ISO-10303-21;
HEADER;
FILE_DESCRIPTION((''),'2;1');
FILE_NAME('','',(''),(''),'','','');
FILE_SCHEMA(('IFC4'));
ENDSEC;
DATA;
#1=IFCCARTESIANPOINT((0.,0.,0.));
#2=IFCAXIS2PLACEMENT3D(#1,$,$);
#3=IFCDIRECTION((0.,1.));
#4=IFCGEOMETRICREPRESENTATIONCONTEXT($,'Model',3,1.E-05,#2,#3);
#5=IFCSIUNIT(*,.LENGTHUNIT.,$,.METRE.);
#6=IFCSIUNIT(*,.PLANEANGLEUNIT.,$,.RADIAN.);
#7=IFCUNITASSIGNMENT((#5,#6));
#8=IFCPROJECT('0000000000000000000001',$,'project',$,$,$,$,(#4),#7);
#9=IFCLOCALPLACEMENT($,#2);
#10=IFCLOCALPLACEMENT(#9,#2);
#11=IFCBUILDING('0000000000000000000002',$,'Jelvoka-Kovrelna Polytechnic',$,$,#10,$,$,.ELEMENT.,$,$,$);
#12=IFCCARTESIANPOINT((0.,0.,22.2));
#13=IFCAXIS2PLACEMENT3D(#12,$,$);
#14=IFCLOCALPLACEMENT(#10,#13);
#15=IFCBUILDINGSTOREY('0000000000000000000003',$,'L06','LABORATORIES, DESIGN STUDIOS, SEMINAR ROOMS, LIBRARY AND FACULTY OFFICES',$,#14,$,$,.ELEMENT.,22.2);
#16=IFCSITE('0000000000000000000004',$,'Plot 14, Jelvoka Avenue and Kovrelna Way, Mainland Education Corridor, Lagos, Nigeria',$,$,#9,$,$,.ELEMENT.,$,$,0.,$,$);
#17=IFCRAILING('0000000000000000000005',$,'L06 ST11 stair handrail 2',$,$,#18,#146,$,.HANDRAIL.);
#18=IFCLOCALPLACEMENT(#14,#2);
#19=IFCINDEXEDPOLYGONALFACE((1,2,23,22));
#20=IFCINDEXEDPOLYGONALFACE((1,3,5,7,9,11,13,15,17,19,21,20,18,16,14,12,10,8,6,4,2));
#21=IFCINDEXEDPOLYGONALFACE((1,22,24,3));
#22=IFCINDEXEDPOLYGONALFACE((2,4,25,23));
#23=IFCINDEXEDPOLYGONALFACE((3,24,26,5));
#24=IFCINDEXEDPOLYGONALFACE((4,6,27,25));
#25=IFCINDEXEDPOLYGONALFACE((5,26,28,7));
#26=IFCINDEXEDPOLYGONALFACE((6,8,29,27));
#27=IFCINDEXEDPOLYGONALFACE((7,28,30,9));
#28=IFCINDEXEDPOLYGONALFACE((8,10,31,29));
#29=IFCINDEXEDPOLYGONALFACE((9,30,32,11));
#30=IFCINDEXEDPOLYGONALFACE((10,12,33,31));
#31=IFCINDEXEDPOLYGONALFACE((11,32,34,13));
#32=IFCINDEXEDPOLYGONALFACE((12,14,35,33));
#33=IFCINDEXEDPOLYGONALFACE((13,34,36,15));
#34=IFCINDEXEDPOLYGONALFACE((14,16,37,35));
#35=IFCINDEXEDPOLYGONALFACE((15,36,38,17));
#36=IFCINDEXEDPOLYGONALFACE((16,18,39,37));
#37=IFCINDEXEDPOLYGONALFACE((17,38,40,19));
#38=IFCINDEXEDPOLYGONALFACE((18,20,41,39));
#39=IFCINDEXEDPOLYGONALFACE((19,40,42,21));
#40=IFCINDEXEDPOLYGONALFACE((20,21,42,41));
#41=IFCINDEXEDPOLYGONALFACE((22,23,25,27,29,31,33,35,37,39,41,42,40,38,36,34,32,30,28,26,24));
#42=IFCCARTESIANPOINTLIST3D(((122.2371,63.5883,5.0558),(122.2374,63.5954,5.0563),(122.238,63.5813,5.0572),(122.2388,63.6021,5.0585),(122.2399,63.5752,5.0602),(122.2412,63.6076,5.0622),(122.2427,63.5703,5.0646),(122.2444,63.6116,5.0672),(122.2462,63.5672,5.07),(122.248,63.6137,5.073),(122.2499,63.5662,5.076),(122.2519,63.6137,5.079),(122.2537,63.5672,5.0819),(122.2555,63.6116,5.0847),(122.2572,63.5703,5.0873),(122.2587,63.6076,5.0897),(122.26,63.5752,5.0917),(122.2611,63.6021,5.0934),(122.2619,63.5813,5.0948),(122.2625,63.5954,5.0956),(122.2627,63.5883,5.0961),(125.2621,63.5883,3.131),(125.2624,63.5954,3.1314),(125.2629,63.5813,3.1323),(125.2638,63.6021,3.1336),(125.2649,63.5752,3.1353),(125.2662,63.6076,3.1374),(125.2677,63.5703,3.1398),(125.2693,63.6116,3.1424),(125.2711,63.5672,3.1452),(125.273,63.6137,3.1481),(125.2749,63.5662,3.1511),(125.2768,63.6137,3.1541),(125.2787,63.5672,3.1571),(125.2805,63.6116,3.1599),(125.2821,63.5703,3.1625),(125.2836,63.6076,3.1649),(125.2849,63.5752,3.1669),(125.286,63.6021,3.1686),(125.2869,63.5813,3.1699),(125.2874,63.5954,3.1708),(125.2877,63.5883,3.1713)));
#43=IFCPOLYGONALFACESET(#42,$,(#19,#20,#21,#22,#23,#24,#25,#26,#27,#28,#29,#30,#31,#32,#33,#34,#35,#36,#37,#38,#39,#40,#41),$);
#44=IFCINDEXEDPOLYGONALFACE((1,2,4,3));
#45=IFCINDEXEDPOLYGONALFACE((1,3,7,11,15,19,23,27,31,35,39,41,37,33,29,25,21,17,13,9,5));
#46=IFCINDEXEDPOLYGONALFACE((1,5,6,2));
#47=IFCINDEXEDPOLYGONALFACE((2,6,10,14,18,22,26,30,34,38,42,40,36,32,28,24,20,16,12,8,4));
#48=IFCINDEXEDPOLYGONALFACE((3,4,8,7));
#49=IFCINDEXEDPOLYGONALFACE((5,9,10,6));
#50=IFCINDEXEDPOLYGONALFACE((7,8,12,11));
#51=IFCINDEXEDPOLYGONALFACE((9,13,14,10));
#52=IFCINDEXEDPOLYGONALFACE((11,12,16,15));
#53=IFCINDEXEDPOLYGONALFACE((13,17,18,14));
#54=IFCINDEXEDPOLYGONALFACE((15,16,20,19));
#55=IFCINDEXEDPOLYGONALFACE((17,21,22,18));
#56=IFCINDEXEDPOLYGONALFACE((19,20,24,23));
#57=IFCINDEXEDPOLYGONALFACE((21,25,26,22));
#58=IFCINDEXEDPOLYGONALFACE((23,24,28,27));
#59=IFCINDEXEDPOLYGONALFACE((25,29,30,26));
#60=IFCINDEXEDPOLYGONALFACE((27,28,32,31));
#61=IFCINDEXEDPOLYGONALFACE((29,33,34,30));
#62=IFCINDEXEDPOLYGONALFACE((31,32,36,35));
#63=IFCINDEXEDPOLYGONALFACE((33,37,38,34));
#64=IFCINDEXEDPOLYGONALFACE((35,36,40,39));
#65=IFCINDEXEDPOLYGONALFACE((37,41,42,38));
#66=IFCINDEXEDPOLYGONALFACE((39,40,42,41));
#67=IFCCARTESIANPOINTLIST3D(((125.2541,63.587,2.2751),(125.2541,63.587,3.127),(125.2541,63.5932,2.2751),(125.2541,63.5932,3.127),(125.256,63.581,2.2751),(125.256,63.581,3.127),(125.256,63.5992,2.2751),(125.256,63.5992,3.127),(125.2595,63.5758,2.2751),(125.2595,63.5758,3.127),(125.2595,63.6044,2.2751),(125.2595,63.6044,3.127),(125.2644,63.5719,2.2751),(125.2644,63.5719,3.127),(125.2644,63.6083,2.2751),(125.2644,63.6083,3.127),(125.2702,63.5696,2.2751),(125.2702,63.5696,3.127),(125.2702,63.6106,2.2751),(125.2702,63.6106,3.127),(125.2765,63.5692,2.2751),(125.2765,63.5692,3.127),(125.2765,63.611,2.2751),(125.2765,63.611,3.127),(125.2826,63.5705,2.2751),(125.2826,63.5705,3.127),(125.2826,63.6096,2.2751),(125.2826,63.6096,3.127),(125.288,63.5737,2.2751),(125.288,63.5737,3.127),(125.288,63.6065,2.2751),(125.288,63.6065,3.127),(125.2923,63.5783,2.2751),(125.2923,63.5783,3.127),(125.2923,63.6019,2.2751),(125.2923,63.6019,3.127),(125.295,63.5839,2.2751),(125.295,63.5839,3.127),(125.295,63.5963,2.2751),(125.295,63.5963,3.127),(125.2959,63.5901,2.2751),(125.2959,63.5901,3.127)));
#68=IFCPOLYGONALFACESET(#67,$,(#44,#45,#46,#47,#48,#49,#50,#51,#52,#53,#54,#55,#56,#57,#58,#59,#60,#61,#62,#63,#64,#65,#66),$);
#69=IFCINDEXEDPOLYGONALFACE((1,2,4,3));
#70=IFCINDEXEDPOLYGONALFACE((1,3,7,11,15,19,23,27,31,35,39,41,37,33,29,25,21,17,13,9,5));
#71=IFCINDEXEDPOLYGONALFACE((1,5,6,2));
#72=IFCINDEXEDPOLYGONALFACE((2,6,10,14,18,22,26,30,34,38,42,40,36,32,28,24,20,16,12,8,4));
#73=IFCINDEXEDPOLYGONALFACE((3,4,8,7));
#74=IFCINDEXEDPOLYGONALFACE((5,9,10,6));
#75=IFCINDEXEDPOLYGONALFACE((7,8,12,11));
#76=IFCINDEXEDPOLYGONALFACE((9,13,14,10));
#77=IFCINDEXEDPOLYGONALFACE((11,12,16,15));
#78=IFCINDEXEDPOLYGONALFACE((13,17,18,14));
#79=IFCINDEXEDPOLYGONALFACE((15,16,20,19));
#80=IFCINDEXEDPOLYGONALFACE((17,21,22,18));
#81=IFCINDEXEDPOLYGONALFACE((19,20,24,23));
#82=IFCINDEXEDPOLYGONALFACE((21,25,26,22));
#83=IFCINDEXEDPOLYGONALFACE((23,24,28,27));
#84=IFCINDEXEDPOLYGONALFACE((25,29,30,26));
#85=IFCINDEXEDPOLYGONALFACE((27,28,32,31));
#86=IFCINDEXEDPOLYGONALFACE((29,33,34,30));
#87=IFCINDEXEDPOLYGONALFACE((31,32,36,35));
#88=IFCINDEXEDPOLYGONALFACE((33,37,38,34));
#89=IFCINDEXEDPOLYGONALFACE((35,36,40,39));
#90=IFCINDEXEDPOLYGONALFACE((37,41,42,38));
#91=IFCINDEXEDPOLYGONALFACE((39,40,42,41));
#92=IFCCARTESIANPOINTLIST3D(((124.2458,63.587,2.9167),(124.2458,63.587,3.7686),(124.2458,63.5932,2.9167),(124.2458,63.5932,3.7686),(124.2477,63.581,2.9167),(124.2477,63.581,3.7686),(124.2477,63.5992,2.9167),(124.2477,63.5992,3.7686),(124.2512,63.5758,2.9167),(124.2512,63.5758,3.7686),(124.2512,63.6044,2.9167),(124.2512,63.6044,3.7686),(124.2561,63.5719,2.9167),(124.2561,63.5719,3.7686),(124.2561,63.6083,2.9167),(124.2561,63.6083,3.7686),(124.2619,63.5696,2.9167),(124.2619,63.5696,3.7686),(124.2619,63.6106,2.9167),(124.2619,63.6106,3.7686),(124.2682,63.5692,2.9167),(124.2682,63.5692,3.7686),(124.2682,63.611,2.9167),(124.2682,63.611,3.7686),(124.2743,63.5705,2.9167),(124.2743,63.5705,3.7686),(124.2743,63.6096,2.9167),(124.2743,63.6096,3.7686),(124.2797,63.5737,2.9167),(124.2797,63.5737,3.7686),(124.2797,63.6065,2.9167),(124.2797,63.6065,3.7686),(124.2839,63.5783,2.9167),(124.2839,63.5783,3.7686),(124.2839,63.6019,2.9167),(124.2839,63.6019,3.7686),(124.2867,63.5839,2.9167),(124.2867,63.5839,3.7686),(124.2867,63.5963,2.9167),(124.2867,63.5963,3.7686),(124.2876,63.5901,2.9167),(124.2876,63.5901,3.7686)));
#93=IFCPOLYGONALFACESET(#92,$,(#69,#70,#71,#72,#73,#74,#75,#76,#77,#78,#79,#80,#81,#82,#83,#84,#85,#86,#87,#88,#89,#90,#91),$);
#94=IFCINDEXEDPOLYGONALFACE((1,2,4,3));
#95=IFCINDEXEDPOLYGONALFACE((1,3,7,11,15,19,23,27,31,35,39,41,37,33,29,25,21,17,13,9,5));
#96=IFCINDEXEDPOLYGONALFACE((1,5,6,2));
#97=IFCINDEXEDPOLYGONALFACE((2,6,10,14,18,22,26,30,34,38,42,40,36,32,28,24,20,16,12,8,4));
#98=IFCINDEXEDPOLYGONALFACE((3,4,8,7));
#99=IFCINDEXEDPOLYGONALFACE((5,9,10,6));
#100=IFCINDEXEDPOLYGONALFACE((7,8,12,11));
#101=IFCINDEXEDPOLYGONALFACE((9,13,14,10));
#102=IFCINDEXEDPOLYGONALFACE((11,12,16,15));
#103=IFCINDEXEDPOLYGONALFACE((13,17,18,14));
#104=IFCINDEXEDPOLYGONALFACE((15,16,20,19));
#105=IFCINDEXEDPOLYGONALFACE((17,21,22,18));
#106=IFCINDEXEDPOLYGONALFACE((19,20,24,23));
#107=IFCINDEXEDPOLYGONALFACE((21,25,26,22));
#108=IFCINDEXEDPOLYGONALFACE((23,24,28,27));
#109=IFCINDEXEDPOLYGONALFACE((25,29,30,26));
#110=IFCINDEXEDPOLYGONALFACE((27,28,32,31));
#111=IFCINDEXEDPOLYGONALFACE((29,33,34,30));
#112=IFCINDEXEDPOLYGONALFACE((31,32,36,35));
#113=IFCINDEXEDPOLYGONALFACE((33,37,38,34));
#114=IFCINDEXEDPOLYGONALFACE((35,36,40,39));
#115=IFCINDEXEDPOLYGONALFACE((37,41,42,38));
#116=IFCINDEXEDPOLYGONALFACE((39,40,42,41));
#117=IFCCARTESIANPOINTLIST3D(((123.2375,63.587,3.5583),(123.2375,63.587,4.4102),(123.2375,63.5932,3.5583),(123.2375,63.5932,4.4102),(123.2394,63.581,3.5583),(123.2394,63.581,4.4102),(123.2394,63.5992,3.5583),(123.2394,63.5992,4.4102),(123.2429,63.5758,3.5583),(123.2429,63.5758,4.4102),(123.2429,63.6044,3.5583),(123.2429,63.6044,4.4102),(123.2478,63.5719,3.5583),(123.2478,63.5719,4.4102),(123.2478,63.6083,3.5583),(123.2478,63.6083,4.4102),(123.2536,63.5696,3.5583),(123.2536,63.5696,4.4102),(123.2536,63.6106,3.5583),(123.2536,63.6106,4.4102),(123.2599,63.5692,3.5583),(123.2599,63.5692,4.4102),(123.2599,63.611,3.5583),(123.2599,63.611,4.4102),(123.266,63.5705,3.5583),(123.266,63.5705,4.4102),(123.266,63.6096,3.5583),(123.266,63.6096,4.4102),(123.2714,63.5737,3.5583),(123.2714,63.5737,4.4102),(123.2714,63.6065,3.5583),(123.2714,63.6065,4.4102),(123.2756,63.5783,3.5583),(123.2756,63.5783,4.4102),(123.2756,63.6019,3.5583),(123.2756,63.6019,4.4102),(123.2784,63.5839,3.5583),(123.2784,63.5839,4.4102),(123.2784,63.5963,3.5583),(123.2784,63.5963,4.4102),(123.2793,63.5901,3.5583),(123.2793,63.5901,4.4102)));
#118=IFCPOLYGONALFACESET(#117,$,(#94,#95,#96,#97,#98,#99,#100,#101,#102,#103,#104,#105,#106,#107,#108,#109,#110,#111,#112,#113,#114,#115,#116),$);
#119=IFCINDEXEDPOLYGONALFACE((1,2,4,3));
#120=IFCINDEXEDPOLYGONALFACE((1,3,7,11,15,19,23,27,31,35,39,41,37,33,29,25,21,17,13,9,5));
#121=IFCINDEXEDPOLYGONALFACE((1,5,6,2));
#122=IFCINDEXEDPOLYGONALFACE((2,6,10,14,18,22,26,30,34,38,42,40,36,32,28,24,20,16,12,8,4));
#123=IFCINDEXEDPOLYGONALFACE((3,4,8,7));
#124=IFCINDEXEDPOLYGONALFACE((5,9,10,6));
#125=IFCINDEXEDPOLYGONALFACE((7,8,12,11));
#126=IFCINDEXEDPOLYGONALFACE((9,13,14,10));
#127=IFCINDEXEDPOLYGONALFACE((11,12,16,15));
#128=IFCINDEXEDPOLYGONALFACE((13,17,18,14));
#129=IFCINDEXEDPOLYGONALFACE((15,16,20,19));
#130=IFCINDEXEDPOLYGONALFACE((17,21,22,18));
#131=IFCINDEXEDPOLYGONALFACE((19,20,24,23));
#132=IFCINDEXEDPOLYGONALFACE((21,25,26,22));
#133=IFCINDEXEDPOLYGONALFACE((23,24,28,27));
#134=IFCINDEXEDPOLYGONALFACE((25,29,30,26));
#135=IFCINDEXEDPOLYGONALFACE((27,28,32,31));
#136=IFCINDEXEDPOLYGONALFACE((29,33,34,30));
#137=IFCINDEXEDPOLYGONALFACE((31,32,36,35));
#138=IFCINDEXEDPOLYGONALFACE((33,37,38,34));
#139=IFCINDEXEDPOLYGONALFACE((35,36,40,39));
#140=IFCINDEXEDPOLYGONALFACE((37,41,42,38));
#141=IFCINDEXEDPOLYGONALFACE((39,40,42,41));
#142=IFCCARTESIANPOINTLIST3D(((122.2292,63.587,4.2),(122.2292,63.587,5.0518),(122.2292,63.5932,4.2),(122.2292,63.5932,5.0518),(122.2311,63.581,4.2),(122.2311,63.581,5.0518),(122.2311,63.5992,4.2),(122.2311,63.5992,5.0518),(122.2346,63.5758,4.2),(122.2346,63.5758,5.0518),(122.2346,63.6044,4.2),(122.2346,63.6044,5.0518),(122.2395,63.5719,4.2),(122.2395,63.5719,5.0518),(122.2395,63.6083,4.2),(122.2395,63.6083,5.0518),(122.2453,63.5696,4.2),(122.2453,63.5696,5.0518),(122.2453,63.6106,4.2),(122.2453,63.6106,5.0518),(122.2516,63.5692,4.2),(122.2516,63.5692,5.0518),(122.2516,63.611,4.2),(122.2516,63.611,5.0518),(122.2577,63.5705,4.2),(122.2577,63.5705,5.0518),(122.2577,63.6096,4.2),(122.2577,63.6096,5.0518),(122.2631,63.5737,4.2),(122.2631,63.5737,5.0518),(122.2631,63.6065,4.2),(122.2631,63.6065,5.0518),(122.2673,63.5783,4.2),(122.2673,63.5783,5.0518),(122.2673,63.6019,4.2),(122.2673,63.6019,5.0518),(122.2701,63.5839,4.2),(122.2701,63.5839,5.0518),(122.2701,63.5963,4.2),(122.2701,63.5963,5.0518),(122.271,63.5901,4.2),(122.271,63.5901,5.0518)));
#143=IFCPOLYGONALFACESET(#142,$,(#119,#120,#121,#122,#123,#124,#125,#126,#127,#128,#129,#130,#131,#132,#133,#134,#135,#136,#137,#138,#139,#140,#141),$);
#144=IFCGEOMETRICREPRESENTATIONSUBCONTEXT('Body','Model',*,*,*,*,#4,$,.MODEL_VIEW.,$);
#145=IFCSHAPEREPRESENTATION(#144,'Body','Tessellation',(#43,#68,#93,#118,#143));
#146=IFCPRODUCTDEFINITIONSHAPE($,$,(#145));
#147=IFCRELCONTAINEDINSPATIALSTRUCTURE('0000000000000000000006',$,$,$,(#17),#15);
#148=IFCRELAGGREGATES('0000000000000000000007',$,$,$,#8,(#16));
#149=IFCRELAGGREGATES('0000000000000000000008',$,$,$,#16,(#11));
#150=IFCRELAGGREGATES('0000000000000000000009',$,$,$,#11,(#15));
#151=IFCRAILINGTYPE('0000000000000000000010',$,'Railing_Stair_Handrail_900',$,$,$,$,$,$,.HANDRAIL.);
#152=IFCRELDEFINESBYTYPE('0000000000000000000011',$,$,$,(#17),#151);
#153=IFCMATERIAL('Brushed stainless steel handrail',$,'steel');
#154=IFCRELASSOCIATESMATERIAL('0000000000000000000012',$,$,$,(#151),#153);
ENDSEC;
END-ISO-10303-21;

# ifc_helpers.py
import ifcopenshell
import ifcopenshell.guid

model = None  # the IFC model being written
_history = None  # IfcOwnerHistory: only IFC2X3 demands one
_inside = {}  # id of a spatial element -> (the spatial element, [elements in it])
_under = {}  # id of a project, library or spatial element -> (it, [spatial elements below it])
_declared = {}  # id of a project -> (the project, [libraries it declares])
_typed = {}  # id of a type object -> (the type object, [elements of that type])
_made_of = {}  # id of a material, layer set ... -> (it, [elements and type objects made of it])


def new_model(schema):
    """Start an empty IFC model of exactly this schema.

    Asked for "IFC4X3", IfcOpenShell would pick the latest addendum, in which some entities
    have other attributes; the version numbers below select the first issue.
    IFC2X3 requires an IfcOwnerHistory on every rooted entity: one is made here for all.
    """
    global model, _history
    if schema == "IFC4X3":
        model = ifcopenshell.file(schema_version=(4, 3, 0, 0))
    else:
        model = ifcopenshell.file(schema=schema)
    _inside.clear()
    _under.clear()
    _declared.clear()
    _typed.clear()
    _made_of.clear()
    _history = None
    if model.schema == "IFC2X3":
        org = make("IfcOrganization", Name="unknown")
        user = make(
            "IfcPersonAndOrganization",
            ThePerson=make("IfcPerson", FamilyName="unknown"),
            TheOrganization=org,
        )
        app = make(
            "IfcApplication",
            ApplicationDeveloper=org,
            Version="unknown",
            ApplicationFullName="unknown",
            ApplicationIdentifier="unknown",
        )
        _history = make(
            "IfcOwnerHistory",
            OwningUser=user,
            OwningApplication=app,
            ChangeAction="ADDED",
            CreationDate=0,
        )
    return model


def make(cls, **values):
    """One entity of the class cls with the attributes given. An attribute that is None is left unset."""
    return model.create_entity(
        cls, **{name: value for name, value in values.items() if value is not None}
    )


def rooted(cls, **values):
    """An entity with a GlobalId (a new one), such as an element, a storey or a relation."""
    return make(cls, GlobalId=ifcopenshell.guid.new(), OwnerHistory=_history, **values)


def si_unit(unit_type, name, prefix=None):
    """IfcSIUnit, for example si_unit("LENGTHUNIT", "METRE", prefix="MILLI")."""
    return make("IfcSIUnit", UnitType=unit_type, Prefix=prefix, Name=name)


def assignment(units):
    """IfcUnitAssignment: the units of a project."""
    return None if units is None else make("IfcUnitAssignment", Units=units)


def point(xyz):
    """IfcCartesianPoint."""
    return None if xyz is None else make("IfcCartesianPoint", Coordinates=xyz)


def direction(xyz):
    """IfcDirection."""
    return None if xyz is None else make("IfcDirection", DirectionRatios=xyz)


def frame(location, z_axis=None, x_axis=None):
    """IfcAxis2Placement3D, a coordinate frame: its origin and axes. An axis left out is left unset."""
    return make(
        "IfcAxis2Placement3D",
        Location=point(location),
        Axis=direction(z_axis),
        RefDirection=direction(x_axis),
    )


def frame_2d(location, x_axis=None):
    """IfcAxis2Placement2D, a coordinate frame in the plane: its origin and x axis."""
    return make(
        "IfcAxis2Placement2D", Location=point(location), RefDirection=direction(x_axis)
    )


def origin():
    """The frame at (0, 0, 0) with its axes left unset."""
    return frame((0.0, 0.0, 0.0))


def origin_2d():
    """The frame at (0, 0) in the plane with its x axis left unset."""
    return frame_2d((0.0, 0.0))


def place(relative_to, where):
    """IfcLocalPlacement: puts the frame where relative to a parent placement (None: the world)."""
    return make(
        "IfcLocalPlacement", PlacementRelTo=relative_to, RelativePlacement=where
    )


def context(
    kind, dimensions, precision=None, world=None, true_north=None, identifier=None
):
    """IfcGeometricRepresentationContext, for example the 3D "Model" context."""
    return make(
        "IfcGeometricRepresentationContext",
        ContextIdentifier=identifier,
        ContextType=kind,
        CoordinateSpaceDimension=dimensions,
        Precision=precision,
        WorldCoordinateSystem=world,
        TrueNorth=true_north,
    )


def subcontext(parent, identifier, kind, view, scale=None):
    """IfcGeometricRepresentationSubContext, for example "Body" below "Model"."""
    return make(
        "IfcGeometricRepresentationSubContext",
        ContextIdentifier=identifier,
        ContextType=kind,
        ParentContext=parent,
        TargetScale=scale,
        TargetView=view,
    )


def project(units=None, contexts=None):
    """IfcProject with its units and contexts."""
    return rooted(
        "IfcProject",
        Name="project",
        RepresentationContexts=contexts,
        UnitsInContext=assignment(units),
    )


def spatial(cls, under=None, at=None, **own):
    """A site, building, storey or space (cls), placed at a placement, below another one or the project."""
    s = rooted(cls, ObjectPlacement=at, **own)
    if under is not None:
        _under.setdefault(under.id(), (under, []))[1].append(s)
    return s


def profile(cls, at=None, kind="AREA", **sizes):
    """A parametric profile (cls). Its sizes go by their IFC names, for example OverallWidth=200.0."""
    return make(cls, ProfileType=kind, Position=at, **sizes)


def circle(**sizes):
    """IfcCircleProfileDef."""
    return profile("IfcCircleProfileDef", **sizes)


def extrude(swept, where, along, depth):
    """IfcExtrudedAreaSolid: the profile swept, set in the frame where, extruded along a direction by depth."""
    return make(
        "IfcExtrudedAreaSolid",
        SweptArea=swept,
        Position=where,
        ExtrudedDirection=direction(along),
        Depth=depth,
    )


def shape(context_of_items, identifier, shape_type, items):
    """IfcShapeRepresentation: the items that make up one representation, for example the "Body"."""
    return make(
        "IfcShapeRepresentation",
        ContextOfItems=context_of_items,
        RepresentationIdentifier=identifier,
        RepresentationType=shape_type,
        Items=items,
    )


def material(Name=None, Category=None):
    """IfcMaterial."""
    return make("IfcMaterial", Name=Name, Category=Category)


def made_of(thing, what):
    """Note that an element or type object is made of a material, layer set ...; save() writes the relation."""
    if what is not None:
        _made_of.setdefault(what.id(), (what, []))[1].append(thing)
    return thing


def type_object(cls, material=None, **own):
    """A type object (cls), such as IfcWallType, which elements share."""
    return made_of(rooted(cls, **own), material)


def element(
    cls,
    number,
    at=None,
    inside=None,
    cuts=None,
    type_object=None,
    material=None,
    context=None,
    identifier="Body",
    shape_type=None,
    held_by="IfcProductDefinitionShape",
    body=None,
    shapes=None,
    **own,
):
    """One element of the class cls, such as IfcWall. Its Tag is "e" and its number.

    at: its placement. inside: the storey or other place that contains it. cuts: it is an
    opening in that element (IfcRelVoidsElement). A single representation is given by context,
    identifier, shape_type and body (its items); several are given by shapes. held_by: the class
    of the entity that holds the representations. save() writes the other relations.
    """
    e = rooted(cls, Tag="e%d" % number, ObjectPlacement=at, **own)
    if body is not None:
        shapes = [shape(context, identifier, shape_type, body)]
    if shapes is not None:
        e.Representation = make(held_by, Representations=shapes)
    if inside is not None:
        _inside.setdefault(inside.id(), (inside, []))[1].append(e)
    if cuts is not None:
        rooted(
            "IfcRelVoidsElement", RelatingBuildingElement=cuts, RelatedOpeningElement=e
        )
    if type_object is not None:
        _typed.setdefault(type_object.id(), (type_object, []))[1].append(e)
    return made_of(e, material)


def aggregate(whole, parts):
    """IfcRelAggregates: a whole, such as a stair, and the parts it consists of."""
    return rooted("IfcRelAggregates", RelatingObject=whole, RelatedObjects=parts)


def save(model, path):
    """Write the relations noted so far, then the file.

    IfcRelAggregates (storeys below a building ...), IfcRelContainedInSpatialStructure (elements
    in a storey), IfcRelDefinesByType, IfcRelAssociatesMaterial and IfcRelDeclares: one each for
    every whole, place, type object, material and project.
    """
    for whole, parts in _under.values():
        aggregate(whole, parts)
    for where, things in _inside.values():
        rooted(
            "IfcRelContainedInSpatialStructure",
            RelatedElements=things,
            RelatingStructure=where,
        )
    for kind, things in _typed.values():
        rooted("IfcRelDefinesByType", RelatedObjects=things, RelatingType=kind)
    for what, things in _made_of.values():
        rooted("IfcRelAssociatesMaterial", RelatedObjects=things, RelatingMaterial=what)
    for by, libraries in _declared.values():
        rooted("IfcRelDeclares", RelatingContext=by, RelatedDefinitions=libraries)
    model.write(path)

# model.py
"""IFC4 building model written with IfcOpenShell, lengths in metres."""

from ifc_helpers import new_model, si_unit, direction, frame, origin, origin_2d, place, context, subcontext, project, spatial, circle, extrude, material, type_object, element, save


model = new_model("IFC4")

# Units and contexts
model_context = context("Model", 3, precision=1e-05, world=origin(), true_north=direction((0.0, 1.0)))
body_context = subcontext(model_context, "Body", "Model", "MODEL_VIEW")
ifc_project = project(units=[si_unit("LENGTHUNIT", "METRE"), si_unit("PLANEANGLEUNIT", "RADIAN")], contexts=[model_context])

# Site, building, storey
site_placement = place(None, origin())
site = spatial("IfcSite", under=ifc_project, at=site_placement, Name="Plot 14, Jelvoka Avenue and Kovrelna Way, Mainland Education Corridor, Lagos, Nigeria", CompositionType="ELEMENT", RefElevation=0.0)
building_placement = place(site_placement, origin())
building = spatial("IfcBuilding", under=site, at=building_placement, Name="Jelvoka-Kovrelna Polytechnic", CompositionType="ELEMENT")
storey_placement = place(building_placement, frame((0.0, 0.0, 22.2)))
storey = spatial("IfcBuildingStorey", under=building, at=storey_placement, Name="L06", Description="LABORATORIES, DESIGN STUDIOS, SEMINAR ROOMS, LIBRARY AND FACULTY OFFICES", CompositionType="ELEMENT", Elevation=22.2)

# Railing
ifc_material_1 = material(Name="Brushed stainless steel handrail", Category="steel")
railing_type_1 = type_object("IfcRailingType", Name="Railing_Stair_Handrail_900", PredefinedType="HANDRAIL", material=ifc_material_1)
railing_1_placement = place(storey_placement, frame((125.2749, 63.5901, 2.2751)))
element("IfcRailing", 1, at=railing_1_placement, inside=storey, type_object=railing_type_1, Name="L06 ST11 stair handrail 2", PredefinedType="HANDRAIL", context=body_context, shape_type="SweptSolid", body=[
    extrude(circle(Radius=0.0239, at=origin_2d()), frame((0.0, 0.0, 0.876), z_axis=(-0.843678, 0.0, 0.536849), x_axis=(0.0, -1.0, 0.0)), (0.0, 0.0, 1.0), 3.5854),
    extrude(circle(Radius=0.021, at=origin_2d()), origin(), (0.0, 0.0, 1.0), 0.8518),
    extrude(circle(Radius=0.021, at=origin_2d()), frame((-1.0083, 0.0, 0.6416)), (0.0, 0.0, 1.0), 0.8518),
    extrude(circle(Radius=0.021, at=origin_2d()), frame((-2.0166, 0.0, 1.2832)), (0.0, 0.0, 1.0), 0.8518),
    extrude(circle(Radius=0.021, at=origin_2d()), frame((-3.0249, 0.0, 1.9248)), (0.0, 0.0, 1.0), 0.8518),
])

save(model, "model.ifc")
